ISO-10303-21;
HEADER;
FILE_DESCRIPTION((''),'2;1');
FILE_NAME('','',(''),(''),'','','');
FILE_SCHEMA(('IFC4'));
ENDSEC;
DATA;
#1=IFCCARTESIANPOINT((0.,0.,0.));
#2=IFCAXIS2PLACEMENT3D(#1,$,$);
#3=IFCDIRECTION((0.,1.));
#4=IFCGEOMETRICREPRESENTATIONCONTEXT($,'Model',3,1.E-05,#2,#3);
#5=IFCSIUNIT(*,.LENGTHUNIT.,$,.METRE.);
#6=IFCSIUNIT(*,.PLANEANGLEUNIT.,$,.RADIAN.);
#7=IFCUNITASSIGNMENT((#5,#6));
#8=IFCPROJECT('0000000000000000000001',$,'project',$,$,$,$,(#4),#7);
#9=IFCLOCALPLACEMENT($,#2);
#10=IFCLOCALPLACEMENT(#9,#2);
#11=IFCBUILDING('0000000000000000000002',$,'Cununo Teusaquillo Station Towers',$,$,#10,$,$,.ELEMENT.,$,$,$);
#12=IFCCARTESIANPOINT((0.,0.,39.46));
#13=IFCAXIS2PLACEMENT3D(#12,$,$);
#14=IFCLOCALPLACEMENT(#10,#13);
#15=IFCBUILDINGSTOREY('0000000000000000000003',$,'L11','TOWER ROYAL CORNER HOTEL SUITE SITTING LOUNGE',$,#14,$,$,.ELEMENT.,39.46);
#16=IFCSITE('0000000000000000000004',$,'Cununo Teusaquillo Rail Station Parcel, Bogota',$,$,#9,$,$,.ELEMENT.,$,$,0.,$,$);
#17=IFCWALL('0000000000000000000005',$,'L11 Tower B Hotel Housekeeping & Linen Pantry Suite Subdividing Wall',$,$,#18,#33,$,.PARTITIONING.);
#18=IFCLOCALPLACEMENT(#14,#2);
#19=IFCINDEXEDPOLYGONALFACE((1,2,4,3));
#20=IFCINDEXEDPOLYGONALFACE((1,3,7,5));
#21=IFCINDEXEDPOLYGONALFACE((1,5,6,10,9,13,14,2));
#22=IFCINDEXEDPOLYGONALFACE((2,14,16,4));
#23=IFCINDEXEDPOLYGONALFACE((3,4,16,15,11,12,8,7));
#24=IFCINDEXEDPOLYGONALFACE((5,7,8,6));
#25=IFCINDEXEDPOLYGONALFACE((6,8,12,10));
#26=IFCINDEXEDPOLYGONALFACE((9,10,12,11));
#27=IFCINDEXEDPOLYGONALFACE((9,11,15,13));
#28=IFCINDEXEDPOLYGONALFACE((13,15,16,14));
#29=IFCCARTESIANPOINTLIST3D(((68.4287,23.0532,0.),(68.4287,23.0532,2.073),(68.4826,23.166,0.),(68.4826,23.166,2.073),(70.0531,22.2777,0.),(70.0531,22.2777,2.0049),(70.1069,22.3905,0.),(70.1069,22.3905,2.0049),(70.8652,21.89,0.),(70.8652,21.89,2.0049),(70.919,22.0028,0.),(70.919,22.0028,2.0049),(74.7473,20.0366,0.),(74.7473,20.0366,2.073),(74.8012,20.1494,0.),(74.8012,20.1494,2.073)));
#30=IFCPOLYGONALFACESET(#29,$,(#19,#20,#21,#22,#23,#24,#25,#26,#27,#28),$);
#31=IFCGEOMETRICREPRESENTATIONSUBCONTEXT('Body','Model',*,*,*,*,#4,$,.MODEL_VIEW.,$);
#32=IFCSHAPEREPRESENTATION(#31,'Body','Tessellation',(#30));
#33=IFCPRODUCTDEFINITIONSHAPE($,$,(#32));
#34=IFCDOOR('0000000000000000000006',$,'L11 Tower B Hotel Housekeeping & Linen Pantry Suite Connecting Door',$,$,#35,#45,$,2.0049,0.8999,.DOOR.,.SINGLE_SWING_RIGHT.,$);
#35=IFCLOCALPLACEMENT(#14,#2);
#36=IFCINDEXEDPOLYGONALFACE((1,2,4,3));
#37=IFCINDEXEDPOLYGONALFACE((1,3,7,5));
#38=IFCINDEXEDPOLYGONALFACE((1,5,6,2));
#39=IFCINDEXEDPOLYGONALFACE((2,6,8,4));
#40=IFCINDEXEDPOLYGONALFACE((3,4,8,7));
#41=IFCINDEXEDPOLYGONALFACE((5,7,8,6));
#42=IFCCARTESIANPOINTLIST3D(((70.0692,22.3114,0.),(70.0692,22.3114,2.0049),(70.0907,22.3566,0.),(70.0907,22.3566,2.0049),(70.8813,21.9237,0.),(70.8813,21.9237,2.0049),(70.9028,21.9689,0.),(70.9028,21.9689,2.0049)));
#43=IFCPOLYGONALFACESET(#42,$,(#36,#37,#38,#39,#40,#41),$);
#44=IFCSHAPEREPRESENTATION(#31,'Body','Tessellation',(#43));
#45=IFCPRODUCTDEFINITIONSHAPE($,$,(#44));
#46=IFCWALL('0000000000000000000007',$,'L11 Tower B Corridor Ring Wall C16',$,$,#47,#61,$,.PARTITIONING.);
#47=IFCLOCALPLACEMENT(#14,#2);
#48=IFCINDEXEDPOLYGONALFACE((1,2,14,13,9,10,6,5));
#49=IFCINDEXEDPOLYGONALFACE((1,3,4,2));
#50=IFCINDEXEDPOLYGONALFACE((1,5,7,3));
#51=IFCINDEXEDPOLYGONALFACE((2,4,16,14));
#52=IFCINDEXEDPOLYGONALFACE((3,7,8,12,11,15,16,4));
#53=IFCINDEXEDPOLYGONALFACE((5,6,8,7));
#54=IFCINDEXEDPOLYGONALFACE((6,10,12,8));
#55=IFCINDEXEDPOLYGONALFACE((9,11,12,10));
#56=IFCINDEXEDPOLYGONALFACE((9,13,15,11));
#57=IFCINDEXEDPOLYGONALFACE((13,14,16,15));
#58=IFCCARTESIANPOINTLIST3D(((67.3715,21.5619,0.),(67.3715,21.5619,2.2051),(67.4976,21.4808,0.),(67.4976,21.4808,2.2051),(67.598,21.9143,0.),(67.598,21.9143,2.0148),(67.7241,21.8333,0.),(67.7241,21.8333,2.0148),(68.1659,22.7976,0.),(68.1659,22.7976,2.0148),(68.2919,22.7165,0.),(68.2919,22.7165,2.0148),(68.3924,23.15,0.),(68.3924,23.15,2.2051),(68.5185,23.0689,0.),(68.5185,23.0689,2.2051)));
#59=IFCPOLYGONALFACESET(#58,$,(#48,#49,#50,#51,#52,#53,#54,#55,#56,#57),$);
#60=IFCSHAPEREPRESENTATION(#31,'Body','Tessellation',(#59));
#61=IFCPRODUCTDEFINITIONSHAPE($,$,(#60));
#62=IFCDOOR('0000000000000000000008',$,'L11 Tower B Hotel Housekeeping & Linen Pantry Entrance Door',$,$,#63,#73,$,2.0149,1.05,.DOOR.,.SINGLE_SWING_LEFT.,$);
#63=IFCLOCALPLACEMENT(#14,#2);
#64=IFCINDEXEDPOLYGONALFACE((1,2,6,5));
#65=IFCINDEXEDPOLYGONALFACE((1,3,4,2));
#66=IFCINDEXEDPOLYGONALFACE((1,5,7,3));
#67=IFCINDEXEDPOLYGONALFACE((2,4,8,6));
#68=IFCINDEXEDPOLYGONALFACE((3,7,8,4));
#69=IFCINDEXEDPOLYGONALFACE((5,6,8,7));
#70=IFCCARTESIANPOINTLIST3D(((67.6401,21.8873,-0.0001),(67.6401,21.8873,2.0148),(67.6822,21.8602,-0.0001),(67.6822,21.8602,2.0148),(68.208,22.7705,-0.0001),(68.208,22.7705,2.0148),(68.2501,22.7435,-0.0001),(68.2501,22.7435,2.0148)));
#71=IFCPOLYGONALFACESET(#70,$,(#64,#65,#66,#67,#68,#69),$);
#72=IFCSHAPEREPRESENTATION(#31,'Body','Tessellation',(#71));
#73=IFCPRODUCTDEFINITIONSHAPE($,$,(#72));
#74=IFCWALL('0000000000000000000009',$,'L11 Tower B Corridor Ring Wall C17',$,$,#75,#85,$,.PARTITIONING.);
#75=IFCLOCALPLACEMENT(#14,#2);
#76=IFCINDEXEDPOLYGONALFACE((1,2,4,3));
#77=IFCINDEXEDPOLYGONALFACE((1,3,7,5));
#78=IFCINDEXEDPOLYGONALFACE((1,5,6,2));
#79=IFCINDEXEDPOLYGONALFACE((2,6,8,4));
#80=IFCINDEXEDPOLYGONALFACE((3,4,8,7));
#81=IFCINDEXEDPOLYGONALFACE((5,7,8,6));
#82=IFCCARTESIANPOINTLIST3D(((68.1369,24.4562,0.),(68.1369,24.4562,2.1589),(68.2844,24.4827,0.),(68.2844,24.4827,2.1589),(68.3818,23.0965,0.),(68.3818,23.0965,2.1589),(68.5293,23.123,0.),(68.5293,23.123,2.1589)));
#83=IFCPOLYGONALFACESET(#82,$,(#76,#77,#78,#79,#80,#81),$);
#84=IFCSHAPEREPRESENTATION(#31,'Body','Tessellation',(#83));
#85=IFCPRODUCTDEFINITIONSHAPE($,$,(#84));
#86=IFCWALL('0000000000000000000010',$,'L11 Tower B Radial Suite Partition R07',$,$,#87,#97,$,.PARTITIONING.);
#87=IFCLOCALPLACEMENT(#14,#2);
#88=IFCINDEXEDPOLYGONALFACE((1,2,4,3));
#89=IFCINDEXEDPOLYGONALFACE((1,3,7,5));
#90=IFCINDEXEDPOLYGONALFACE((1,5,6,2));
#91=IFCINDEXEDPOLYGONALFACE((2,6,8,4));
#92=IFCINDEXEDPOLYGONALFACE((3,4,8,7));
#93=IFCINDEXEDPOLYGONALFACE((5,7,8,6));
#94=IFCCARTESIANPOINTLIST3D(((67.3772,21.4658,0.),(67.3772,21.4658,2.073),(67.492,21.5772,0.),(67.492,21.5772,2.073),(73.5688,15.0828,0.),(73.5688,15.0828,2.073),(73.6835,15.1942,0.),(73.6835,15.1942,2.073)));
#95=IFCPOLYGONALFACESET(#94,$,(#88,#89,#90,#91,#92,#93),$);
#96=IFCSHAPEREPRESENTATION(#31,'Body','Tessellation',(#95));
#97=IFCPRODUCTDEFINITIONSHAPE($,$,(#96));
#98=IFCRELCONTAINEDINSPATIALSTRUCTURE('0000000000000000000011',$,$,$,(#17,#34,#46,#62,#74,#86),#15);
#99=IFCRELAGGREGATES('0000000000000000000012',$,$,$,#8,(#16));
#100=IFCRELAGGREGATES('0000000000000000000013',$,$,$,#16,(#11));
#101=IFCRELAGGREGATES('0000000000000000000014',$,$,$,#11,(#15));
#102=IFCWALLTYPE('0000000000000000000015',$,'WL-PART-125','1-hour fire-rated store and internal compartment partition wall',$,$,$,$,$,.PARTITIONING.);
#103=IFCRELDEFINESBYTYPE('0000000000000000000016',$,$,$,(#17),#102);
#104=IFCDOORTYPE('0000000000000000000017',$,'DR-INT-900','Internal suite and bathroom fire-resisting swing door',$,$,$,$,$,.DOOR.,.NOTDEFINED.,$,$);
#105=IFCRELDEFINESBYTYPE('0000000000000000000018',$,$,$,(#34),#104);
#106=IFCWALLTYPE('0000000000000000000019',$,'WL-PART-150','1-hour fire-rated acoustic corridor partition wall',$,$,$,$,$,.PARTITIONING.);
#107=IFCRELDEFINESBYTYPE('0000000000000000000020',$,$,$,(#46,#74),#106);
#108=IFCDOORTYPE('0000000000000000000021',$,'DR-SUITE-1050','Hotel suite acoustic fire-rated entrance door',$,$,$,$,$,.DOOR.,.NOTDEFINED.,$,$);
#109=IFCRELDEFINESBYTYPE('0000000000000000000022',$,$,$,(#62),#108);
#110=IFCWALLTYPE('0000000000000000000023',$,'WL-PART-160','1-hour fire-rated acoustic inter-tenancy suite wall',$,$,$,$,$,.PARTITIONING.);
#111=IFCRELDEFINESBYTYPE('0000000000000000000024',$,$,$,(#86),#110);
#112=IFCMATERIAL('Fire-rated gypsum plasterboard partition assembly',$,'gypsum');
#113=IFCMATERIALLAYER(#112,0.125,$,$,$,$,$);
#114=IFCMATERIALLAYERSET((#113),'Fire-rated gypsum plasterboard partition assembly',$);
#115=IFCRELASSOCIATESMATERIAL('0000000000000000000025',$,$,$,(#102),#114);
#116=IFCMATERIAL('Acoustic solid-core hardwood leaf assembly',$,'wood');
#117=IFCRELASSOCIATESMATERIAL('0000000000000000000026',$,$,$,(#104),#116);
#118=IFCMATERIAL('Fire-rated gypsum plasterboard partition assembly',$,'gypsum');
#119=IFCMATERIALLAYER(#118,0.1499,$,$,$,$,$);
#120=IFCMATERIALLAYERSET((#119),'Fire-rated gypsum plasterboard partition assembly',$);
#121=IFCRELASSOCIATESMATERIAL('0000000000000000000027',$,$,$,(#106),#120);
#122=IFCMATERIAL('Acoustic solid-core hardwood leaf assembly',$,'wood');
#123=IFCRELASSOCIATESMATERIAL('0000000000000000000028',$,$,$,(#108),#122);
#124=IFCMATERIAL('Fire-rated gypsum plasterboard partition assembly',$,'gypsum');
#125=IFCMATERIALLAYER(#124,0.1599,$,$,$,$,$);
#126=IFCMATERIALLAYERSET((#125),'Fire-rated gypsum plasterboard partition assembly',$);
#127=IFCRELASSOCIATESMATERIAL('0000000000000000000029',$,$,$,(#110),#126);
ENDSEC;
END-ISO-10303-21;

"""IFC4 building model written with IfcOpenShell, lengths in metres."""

from ifc_helpers import new_model, si_unit, direction, frame, frame_2d, origin, place, context, subcontext, project, spatial, rectangle, extrude, source, transform, mapped, material, layer, layer_set, type_object, element, fill, save


model = new_model("IFC4")

# Units and contexts
model_context = context("Model", 3, precision=1e-05, world=origin(), true_north=direction((0.0, 1.0)))
body_context = subcontext(model_context, "Body", "Model", "MODEL_VIEW")
ifc_project = project(units=[si_unit("LENGTHUNIT", "METRE"), si_unit("PLANEANGLEUNIT", "RADIAN")], contexts=[model_context])

# Site, building, storey
site_placement = place(None, origin())
site = spatial("IfcSite", under=ifc_project, at=site_placement, Name="Cununo Teusaquillo Rail Station Parcel, Bogota", CompositionType="ELEMENT", RefElevation=0.0)
building_placement = place(site_placement, origin())
building = spatial("IfcBuilding", under=site, at=building_placement, Name="Cununo Teusaquillo Station Towers", CompositionType="ELEMENT")
storey_placement = place(building_placement, frame((0.0, 0.0, 39.46)))
storey = spatial("IfcBuildingStorey", under=building, at=storey_placement, Name="L11", Description="TOWER ROYAL CORNER HOTEL SUITE SITTING LOUNGE", CompositionType="ELEMENT", Elevation=39.46)

# Shared definitions
ifc_material_1 = material(Name="Fire-rated gypsum plasterboard partition assembly", Category="gypsum")
ifc_layer_1 = layer(ifc_material_1, 0.125)
ifc_layer_set_1 = layer_set([ifc_layer_1], Name="Fire-rated gypsum plasterboard partition assembly")
wall_type_1 = type_object("IfcWallType", Name="WL-PART-125", Description="1-hour fire-rated store and internal compartment partition wall", PredefinedType="PARTITIONING", material=ifc_layer_set_1)

# Walls, openings, doors
shared_shape_1 = source(origin(), body_context, "Body", "SweptSolid", [
    extrude(rectangle(XDim=0.8999, YDim=2.0049, at=frame_2d((0.45, 1.0024))), frame((0.0, 0.0725, 0.0), z_axis=(0.0, -1.0, 0.0), x_axis=(1.0, 0.0, 0.0)), (0.0, 0.0, 1.0), 0.145),
])
ifc_material_2 = material(Name="Acoustic solid-core hardwood leaf assembly", Category="wood")
door_type_1 = type_object("IfcDoorType", Name="DR-INT-900", Description="Internal suite and bathroom fire-resisting swing door", OperationType="NOTDEFINED", PredefinedType="DOOR", material=ifc_material_2)
shared_shape_2 = source(origin(), body_context, "Body", "SweptSolid", [
    extrude(rectangle(XDim=0.8999, YDim=2.0049, at=frame_2d((0.45, 1.0024))), frame((0.0, 0.0249, 0.0), z_axis=(0.0, -1.0, 0.0), x_axis=(1.0, 0.0, 0.0)), (0.0, 0.0, 1.0), 0.05),
])
wall_1_placement = place(storey_placement, frame((68.4556, 23.1096, 0.0), z_axis=(0.0, 0.0, 1.0), x_axis=(0.902431, -0.430835, 0.0)))
wall_1 = element("IfcWall", 1, at=wall_1_placement, inside=storey, type_object=wall_type_1, Name="L11 Tower B Hotel Housekeeping & Linen Pantry Suite Subdividing Wall", PredefinedType="PARTITIONING", context=body_context, shape_type="SweptSolid", body=[
    extrude(rectangle(XDim=7.0017, YDim=0.125, at=frame_2d((3.501, 0.0))), origin(), (0.0, 0.0, 1.0), 2.073),
])
opening_1_placement = place(wall_1_placement, frame((1.8, 0.0, 0.0)))
opening_1 = element("IfcOpeningElement", 2, at=opening_1_placement, cuts=wall_1, PredefinedType="OPENING", context=body_context, shape_type="MappedRepresentation", body=[
    mapped(shared_shape_1, transform((0.0, 0.0, 0.0), x_axis=(1.0, 0.0, 0.0), y_axis=(0.0, 1.0, 0.0), z_axis=(0.0, 0.0, 1.0), scale=1.0)),
])
door_1_placement = place(opening_1_placement, origin())
door_1 = element("IfcDoor", 3, at=door_1_placement, inside=storey, type_object=door_type_1, Name="L11 Tower B Hotel Housekeeping & Linen Pantry Suite Connecting Door", OperationType="SINGLE_SWING_RIGHT", OverallHeight=2.0049, OverallWidth=0.8999, PredefinedType="DOOR", context=body_context, shape_type="MappedRepresentation", body=[
    mapped(shared_shape_2, transform((0.0, 0.0, 0.0), x_axis=(1.0, 0.0, 0.0), y_axis=(0.0, 1.0, 0.0), z_axis=(0.0, 0.0, 1.0), scale=1.0)),
])
fill(opening_1, door_1)
ifc_material_3 = material(Name="Fire-rated gypsum plasterboard partition assembly", Category="gypsum")
ifc_layer_2 = layer(ifc_material_3, 0.1499)
ifc_layer_set_2 = layer_set([ifc_layer_2], Name="Fire-rated gypsum plasterboard partition assembly")
wall_type_2 = type_object("IfcWallType", Name="WL-PART-150", Description="1-hour fire-rated acoustic corridor partition wall", PredefinedType="PARTITIONING", material=ifc_layer_set_2)
wall_2_placement = place(storey_placement, frame((67.4346, 21.5215, 0.0), z_axis=(0.0, 0.0, 1.0), x_axis=(0.540777, 0.841166, 0.0)))
wall_2 = element("IfcWall", 4, at=wall_2_placement, inside=storey, type_object=wall_type_2, Name="L11 Tower B Corridor Ring Wall C16", PredefinedType="PARTITIONING", context=body_context, shape_type="SweptSolid", body=[
    extrude(rectangle(XDim=1.8879, YDim=0.1499, at=frame_2d((0.9438, 0.0))), origin(), (0.0, 0.0, 1.0), 2.2051),
])
shared_shape_3 = source(origin(), body_context, "Body", "SweptSolid", [
    extrude(rectangle(XDim=1.05, YDim=2.0149, at=frame_2d((0.5249, 1.0073))), frame((0.0, 0.085, 0.0), z_axis=(0.0, -1.0, 0.0), x_axis=(1.0, 0.0, 0.0)), (0.0, 0.0, 1.0), 0.1699),
])
opening_2_placement = place(wall_2_placement, frame((0.4189, 0.0, 0.0)))
opening_2 = element("IfcOpeningElement", 5, at=opening_2_placement, cuts=wall_2, PredefinedType="OPENING", context=body_context, shape_type="MappedRepresentation", body=[
    mapped(shared_shape_3, transform((0.0, 0.0, 0.0), x_axis=(1.0, 0.0, 0.0), y_axis=(0.0, 1.0, 0.0), z_axis=(0.0, 0.0, 1.0), scale=1.0)),
])
ifc_material_4 = material(Name="Acoustic solid-core hardwood leaf assembly", Category="wood")
door_type_2 = type_object("IfcDoorType", Name="DR-SUITE-1050", Description="Hotel suite acoustic fire-rated entrance door", OperationType="NOTDEFINED", PredefinedType="DOOR", material=ifc_material_4)
shared_shape_4 = source(origin(), body_context, "Body", "SweptSolid", [
    extrude(rectangle(XDim=1.05, YDim=2.0149, at=frame_2d((0.5249, 1.0073))), frame((0.0, 0.0249, 0.0), z_axis=(0.0, -1.0, 0.0), x_axis=(1.0, 0.0, 0.0)), (0.0, 0.0, 1.0), 0.05),
])
door_2_placement = place(opening_2_placement, origin())
door_2 = element("IfcDoor", 6, at=door_2_placement, inside=storey, type_object=door_type_2, Name="L11 Tower B Hotel Housekeeping & Linen Pantry Entrance Door", OperationType="SINGLE_SWING_LEFT", OverallHeight=2.0149, OverallWidth=1.05, PredefinedType="DOOR", context=body_context, shape_type="MappedRepresentation", body=[
    mapped(shared_shape_4, transform((0.0, 0.0, 0.0), x_axis=(1.0, 0.0, 0.0), y_axis=(0.0, 1.0, 0.0), z_axis=(0.0, 0.0, 1.0), scale=1.0)),
])
fill(opening_2, door_2)

# Walls
wall_3_placement = place(storey_placement, frame((68.4556, 23.1096, 0.0), z_axis=(0.0, 0.0, 1.0), x_axis=(-0.177252, 0.984165, 0.0)))
element("IfcWall", 7, at=wall_3_placement, inside=storey, type_object=wall_type_2, Name="L11 Tower B Corridor Ring Wall C17", PredefinedType="PARTITIONING", context=body_context, shape_type="SweptSolid", body=[
    extrude(rectangle(XDim=1.3816, YDim=0.1499, at=frame_2d((0.6909, 0.0))), origin(), (0.0, 0.0, 1.0), 2.1589),
])
ifc_material_5 = material(Name="Fire-rated gypsum plasterboard partition assembly", Category="gypsum")
ifc_layer_3 = layer(ifc_material_5, 0.1599)
ifc_layer_set_3 = layer_set([ifc_layer_3], Name="Fire-rated gypsum plasterboard partition assembly")
wall_type_3 = type_object("IfcWallType", Name="WL-PART-160", Description="1-hour fire-rated acoustic inter-tenancy suite wall", PredefinedType="PARTITIONING", material=ifc_layer_set_3)
wall_4_placement = place(storey_placement, frame((67.4346, 21.5215, 0.0), z_axis=(0.0, 0.0, 1.0), x_axis=(0.696263, -0.717787, 0.0)))
element("IfcWall", 8, at=wall_4_placement, inside=storey, type_object=wall_type_3, Name="L11 Tower B Radial Suite Partition R07", PredefinedType="PARTITIONING", context=body_context, shape_type="SweptSolid", body=[
    extrude(rectangle(XDim=8.8926, YDim=0.1599, at=frame_2d((4.4463, 0.0))), origin(), (0.0, 0.0, 1.0), 2.073),
])

save(model, "model.ifc")
